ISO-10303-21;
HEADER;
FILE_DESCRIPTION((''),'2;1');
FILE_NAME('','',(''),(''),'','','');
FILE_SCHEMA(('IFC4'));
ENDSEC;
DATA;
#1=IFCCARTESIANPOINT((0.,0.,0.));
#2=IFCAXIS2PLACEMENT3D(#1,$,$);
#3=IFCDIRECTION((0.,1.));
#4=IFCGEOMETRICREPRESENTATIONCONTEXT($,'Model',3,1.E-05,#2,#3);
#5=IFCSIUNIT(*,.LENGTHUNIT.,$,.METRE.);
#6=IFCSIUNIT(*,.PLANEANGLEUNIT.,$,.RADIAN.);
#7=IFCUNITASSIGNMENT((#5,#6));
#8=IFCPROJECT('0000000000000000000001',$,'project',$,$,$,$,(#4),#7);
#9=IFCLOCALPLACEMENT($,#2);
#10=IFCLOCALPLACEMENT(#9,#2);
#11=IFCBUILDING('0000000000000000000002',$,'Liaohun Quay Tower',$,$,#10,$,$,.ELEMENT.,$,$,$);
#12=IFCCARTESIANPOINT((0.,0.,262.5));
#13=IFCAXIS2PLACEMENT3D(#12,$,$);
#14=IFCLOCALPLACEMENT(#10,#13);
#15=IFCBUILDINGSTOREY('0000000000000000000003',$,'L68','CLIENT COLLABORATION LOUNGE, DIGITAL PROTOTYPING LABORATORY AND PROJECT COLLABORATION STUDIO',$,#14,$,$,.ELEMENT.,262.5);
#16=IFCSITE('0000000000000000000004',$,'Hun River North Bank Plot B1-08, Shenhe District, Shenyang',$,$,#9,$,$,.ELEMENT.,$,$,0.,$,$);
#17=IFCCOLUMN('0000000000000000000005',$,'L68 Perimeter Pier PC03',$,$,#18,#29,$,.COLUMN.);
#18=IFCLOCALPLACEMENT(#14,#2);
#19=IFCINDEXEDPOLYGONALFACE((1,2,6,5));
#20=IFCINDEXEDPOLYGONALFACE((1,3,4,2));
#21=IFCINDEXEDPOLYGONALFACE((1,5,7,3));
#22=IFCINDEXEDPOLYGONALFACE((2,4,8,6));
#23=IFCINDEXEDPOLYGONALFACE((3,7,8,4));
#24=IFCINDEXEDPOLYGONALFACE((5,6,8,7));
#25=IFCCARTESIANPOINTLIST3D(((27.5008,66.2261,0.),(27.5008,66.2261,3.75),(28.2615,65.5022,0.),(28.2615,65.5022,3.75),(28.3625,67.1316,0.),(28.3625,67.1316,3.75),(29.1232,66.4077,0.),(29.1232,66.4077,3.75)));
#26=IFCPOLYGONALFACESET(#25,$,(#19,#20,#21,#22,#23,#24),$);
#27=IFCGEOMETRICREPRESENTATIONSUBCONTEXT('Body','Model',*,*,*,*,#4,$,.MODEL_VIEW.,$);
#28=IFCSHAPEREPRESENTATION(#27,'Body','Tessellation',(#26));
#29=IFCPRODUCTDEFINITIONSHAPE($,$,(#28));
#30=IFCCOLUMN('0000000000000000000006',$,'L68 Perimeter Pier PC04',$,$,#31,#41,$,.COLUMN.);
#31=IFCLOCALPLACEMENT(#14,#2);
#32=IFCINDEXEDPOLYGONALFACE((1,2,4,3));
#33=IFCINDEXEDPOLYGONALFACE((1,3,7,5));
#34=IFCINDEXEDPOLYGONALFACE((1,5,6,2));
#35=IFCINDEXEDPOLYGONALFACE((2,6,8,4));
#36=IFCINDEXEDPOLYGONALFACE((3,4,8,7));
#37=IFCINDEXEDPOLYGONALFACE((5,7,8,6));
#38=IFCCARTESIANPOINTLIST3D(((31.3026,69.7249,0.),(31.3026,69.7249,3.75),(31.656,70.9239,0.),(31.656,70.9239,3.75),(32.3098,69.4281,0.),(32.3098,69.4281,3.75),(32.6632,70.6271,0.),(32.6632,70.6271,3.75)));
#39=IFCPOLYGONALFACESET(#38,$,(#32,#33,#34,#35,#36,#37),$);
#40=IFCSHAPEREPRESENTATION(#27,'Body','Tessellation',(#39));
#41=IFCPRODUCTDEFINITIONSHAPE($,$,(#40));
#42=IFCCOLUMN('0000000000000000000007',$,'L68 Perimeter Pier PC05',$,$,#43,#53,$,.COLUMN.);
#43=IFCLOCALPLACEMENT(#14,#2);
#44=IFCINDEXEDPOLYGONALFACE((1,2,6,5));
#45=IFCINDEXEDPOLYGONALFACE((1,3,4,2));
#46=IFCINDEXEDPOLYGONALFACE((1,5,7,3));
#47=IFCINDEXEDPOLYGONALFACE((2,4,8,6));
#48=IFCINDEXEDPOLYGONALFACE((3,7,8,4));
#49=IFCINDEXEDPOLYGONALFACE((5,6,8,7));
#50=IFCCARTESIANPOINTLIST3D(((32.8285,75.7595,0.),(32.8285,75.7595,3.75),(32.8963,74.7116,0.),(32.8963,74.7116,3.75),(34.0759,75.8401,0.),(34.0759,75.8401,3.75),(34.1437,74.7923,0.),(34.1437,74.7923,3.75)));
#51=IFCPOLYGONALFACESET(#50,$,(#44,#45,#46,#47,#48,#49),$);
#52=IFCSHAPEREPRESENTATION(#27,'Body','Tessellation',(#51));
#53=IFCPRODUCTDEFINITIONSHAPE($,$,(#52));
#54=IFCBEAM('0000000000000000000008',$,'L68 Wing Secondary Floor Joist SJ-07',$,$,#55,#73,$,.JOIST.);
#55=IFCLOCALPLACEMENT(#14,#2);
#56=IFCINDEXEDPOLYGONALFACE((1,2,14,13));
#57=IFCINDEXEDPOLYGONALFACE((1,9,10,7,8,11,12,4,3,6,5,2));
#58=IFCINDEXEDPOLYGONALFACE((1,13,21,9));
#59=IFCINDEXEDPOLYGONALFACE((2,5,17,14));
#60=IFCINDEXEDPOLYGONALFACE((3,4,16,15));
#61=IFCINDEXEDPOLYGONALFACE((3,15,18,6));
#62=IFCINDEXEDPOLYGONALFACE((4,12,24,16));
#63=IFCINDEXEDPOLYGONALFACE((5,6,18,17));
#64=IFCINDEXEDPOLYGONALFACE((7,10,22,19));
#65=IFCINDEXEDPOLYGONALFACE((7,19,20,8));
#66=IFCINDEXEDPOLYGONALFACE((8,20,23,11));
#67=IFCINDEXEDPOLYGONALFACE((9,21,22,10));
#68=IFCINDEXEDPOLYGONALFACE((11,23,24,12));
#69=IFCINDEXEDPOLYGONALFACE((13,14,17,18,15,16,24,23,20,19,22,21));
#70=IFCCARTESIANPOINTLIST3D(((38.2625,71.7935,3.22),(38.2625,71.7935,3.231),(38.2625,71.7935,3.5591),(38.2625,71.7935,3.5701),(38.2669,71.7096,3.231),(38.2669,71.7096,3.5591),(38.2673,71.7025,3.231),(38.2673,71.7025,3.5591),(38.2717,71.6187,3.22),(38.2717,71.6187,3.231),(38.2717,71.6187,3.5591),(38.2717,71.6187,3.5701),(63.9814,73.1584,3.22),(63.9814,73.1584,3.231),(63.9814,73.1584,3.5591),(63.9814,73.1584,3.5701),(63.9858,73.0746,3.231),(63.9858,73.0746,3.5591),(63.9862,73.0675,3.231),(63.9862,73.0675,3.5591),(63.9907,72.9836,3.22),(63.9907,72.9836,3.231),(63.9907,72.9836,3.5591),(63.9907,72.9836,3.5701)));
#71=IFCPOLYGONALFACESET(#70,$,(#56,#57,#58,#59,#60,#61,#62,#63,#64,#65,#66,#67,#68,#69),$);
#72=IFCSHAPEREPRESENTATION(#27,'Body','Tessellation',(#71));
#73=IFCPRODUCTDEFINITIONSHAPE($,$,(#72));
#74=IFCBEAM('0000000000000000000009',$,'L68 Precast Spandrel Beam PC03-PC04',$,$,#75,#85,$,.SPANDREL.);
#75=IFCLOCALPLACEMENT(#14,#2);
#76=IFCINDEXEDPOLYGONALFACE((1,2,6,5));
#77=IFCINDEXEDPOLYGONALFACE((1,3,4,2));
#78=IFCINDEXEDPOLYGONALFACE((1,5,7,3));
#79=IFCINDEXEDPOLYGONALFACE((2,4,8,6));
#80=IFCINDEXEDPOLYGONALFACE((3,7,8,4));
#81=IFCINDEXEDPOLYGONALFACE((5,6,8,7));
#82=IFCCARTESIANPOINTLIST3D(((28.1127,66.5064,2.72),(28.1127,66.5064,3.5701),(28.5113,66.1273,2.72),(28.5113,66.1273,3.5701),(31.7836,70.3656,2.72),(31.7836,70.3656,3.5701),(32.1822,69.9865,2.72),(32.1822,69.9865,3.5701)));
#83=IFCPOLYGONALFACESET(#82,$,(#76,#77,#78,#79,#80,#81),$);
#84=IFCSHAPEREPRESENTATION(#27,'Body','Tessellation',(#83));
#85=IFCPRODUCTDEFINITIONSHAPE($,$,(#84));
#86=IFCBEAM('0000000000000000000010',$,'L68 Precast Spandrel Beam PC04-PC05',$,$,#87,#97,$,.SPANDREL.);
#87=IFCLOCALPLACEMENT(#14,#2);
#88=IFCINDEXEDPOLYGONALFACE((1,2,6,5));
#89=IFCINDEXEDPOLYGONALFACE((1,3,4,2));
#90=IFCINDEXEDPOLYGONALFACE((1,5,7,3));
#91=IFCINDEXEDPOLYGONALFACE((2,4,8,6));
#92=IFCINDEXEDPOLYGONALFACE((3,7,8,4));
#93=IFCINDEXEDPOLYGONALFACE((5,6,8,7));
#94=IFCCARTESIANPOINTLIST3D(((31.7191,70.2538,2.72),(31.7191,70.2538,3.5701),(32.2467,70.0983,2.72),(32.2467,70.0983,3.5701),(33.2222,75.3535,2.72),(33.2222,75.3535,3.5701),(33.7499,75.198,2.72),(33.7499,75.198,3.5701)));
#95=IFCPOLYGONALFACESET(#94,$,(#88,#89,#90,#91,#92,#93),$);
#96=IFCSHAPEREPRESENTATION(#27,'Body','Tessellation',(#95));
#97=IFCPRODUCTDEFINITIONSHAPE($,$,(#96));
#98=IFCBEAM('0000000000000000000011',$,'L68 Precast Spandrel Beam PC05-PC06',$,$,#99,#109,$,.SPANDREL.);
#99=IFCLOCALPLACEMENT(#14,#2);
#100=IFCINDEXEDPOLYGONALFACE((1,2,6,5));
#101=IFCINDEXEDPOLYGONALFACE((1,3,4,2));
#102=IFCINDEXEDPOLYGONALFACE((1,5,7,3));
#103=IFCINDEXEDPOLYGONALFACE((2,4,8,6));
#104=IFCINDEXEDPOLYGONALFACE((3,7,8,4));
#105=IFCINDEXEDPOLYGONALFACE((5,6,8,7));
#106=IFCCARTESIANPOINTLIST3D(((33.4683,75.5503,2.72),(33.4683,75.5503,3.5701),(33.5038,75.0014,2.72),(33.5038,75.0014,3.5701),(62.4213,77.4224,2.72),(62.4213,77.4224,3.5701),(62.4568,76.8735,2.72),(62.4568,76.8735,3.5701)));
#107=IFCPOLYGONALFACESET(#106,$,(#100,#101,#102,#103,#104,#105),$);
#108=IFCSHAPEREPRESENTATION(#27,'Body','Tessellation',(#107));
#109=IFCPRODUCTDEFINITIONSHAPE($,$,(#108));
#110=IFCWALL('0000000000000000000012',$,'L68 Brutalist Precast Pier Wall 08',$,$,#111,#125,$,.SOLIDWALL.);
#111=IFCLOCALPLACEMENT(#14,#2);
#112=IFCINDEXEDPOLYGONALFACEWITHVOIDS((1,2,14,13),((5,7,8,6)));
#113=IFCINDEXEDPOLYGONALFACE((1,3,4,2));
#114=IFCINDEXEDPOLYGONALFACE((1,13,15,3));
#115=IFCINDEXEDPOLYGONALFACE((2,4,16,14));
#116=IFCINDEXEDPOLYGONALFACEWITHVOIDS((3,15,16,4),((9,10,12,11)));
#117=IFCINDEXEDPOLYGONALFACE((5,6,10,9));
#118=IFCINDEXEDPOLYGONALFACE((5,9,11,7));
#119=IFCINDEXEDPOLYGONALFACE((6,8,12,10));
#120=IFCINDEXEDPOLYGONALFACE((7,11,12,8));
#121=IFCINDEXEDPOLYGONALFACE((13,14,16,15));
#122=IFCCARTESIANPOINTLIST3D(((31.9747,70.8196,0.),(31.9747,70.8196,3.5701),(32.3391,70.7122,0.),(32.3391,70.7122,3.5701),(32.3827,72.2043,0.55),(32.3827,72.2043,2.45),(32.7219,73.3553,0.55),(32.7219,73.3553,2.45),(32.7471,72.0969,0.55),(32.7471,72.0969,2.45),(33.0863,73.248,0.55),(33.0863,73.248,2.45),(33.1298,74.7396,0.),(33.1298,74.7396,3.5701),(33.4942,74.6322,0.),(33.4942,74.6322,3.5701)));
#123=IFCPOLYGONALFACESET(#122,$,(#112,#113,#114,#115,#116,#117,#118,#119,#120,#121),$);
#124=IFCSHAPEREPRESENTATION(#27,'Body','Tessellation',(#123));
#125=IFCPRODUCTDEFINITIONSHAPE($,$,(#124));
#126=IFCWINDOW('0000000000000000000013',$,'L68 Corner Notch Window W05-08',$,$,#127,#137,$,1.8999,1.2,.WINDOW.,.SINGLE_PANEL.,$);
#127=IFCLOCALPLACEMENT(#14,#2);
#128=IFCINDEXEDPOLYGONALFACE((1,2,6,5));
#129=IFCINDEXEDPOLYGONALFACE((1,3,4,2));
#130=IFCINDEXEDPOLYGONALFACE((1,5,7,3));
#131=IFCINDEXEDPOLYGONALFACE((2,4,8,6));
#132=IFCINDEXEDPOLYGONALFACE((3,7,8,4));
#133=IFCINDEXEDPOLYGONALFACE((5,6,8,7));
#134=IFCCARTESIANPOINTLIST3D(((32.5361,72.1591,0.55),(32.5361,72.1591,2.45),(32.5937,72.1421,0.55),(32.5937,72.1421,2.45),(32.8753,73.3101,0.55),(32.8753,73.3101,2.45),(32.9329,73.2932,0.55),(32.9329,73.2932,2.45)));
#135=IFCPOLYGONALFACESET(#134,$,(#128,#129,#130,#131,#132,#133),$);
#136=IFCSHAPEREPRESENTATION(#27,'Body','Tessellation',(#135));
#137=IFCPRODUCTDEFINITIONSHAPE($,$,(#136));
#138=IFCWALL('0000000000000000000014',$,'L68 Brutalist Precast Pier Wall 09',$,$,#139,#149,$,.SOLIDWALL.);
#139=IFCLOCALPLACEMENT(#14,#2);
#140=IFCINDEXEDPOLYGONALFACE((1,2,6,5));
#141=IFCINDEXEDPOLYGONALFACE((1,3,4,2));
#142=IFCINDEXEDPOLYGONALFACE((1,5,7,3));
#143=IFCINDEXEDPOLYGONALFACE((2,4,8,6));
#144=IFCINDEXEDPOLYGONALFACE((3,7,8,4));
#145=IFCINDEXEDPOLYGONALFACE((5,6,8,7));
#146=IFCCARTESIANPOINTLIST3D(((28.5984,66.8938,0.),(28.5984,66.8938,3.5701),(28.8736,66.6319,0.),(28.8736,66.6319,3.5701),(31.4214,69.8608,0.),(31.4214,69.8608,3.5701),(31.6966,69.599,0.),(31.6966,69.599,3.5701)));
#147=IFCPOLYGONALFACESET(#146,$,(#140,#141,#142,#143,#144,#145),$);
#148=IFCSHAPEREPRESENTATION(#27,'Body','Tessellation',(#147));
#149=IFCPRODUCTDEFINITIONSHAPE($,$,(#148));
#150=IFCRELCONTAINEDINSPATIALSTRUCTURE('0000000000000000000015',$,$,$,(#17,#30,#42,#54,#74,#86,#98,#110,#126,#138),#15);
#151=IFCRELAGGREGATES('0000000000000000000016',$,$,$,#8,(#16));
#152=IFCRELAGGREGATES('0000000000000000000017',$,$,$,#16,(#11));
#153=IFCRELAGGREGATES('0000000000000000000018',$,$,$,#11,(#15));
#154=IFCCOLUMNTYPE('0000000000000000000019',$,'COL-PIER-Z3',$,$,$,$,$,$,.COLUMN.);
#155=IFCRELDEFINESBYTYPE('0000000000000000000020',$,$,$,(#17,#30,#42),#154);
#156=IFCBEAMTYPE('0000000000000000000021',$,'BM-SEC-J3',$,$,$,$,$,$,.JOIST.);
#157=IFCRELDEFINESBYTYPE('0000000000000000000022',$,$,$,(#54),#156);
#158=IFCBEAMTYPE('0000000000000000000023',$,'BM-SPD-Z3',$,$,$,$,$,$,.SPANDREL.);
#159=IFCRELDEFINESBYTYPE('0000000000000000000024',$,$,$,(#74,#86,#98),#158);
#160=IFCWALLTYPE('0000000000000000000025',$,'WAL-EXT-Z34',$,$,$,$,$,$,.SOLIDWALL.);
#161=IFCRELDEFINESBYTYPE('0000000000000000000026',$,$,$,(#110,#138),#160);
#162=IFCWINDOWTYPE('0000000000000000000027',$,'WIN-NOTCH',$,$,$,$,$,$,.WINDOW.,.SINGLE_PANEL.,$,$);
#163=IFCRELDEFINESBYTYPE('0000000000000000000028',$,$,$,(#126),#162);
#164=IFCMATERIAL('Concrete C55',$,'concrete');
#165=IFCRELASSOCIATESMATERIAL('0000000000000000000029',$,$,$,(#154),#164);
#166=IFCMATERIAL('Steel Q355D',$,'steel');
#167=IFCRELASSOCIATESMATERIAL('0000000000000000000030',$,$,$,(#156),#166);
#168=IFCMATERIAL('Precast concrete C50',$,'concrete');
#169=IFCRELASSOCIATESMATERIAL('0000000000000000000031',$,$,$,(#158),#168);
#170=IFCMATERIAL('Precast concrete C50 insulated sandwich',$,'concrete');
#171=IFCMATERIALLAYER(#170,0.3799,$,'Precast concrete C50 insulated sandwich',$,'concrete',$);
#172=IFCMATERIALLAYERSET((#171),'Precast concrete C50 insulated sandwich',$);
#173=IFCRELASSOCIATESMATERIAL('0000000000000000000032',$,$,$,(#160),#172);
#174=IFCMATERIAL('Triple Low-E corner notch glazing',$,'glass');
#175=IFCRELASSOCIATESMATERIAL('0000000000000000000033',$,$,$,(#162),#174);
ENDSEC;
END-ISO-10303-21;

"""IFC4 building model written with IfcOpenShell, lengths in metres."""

from ifc_helpers import new_model, si_unit, direction, frame, frame_2d, origin, origin_2d, place, context, subcontext, project, spatial, rectangle, i_section, extrude, source, transform, mapped, material, layer, layer_set, material_profile, profile_set, type_object, element, fill, save


model = new_model("IFC4")

# Units and contexts
model_context = context("Model", 3, precision=1e-05, world=origin(), true_north=direction((0.0, 1.0)))
body_context = subcontext(model_context, "Body", "Model", "MODEL_VIEW")
ifc_project = project(units=[si_unit("LENGTHUNIT", "METRE"), si_unit("PLANEANGLEUNIT", "RADIAN")], contexts=[model_context])

# Site, building, storey
site_placement = place(None, origin())
site = spatial("IfcSite", under=ifc_project, at=site_placement, Name="Hun River North Bank Plot B1-08, Shenhe District, Shenyang", CompositionType="ELEMENT", RefElevation=0.0)
building_placement = place(site_placement, origin())
building = spatial("IfcBuilding", under=site, at=building_placement, Name="Liaohun Quay Tower", CompositionType="ELEMENT")
storey_placement = place(building_placement, frame((0.0, 0.0, 262.5)))
storey = spatial("IfcBuildingStorey", under=building, at=storey_placement, Name="L68", Description="CLIENT COLLABORATION LOUNGE, DIGITAL PROTOTYPING LABORATORY AND PROJECT COLLABORATION STUDIO", CompositionType="ELEMENT", Elevation=262.5)

# Columns
ifc_material_1 = material(Name="Concrete C55", Category="concrete")
ifc_material_profile_1 = material_profile(ifc_material_1, rectangle(XDim=1.25, YDim=1.05, at=origin_2d()), Name="RC1250x1050")
ifc_profile_set_1 = profile_set([ifc_material_profile_1], Name="Concrete C55")
column_type = type_object("IfcColumnType", Name="COL-PIER-Z3", PredefinedType="COLUMN", material=ifc_profile_set_1)
shared_shape_1 = source(origin(), body_context, "Body", "SweptSolid", [
    extrude(rectangle(XDim=1.25, YDim=1.05, at=origin_2d()), origin(), (0.0, 0.0, 1.0), 3.75),
])
for number, where, z_axis, x_axis, name in (
    (1, (28.312, 66.3169, 0.0), (0.0, 0.0, 1.0), (0.689367, 0.724413, 0.0), "L68 Perimeter Pier PC03"),
    (2, (31.9829, 70.176, 0.0), (0.0, 0.0, 1.0), (0.282676, 0.959215, 0.0), "L68 Perimeter Pier PC04"),
    (3, (33.4861, 75.2759, 0.0), (0.0, 0.0, 1.0), (0.997916, 0.064532, 0.0), "L68 Perimeter Pier PC05"),
):
    element("IfcColumn", number, at=place(storey_placement, frame(where, z_axis=z_axis, x_axis=x_axis)), inside=storey, type_object=column_type, Name=name, PredefinedType="COLUMN", context=body_context, shape_type="MappedRepresentation", body=[
        mapped(shared_shape_1, transform((0.0, 0.0, 0.0), x_axis=(1.0, 0.0, 0.0), y_axis=(0.0, 1.0, 0.0), z_axis=(0.0, 0.0, 1.0), scale=1.0)),
    ])

# Beams
ifc_material_2 = material(Name="Steel Q355D", Category="steel")
ifc_material_profile_2 = material_profile(ifc_material_2, i_section(OverallWidth=0.175, OverallDepth=0.3501, WebThickness=0.0071, FlangeThickness=0.011, at=origin_2d()), Name="HN350x175x7x11")
ifc_profile_set_2 = profile_set([ifc_material_profile_2], Name="Steel Q355D")
beam_type_1 = type_object("IfcBeamType", Name="BM-SEC-J3", PredefinedType="JOIST", material=ifc_profile_set_2)
shared_shape_2 = source(origin(), body_context, "Body", "SweptSolid", [
    extrude(i_section(OverallWidth=0.175, OverallDepth=0.3501, WebThickness=0.0071, FlangeThickness=0.011, at=origin_2d()), origin(), (0.0, 0.0, 1.0), 25.7551),
])
beam_1_placement = place(storey_placement, frame((38.2671, 71.7061, 3.395), z_axis=(0.998595, 0.052999, 0.0), x_axis=(-0.052999, 0.998595, 0.0)))
element("IfcBeam", 4, at=beam_1_placement, inside=storey, type_object=beam_type_1, Name="L68 Wing Secondary Floor Joist SJ-07", PredefinedType="JOIST", context=body_context, shape_type="MappedRepresentation", body=[
    mapped(shared_shape_2, transform((0.0, 0.0, 0.0), x_axis=(1.0, 0.0, 0.0), y_axis=(0.0, 1.0, 0.0), z_axis=(0.0, 0.0, 1.0), scale=1.0)),
])
ifc_material_3 = material(Name="Precast concrete C50", Category="concrete")
ifc_material_profile_3 = material_profile(ifc_material_3, rectangle(XDim=0.55, YDim=0.8501, at=origin_2d()), Name="RC550x850")
ifc_profile_set_3 = profile_set([ifc_material_profile_3], Name="Precast concrete C50")
beam_type_2 = type_object("IfcBeamType", Name="BM-SPD-Z3", PredefinedType="SPANDREL", material=ifc_profile_set_3)
shared_shape_3 = source(origin(), body_context, "Body", "SweptSolid", [
    extrude(rectangle(XDim=0.55, YDim=0.8501, at=origin_2d()), origin(), (0.0, 0.0, 1.0), 5.3262),
])
beam_2_placement = place(storey_placement, frame((28.312, 66.3169, 3.145), z_axis=(0.689216, 0.724556, 0.0), x_axis=(-0.724556, 0.689216, 0.0)))
element("IfcBeam", 5, at=beam_2_placement, inside=storey, type_object=beam_type_2, Name="L68 Precast Spandrel Beam PC03-PC04", PredefinedType="SPANDREL", context=body_context, shape_type="MappedRepresentation", body=[
    mapped(shared_shape_3, transform((0.0, 0.0, 0.0), x_axis=(1.0, 0.0, 0.0), y_axis=(0.0, 1.0, 0.0), z_axis=(0.0, 0.0, 1.0), scale=1.0)),
])
shared_shape_4 = source(origin(), body_context, "Body", "SweptSolid", [
    extrude(rectangle(XDim=0.55, YDim=0.8501, at=origin_2d()), origin(), (0.0, 0.0, 1.0), 5.3167),
])
beam_3_placement = place(storey_placement, frame((31.9829, 70.176, 3.145), z_axis=(0.282723, 0.959202, 0.0), x_axis=(-0.959202, 0.282723, 0.0)))
element("IfcBeam", 6, at=beam_3_placement, inside=storey, type_object=beam_type_2, Name="L68 Precast Spandrel Beam PC04-PC05", PredefinedType="SPANDREL", context=body_context, shape_type="MappedRepresentation", body=[
    mapped(shared_shape_4, transform((0.0, 0.0, 0.0), x_axis=(1.0, 0.0, 0.0), y_axis=(0.0, 1.0, 0.0), z_axis=(0.0, 0.0, 1.0), scale=1.0)),
])
shared_shape_5 = source(origin(), body_context, "Body", "SweptSolid", [
    extrude(rectangle(XDim=0.55, YDim=0.8501, at=origin_2d()), origin(), (0.0, 0.0, 1.0), 29.0134),
])
beam_4_placement = place(storey_placement, frame((33.4861, 75.2759, 3.145), z_axis=(0.997916, 0.064524, 0.0), x_axis=(-0.064524, 0.997916, 0.0)))
element("IfcBeam", 7, at=beam_4_placement, inside=storey, type_object=beam_type_2, Name="L68 Precast Spandrel Beam PC05-PC06", PredefinedType="SPANDREL", context=body_context, shape_type="MappedRepresentation", body=[
    mapped(shared_shape_5, transform((0.0, 0.0, 0.0), x_axis=(1.0, 0.0, 0.0), y_axis=(0.0, 1.0, 0.0), z_axis=(0.0, 0.0, 1.0), scale=1.0)),
])

# Wall, opening, window
ifc_material_4 = material(Name="Precast concrete C50 insulated sandwich", Category="concrete")
ifc_layer_1 = layer(ifc_material_4, 0.3799, Name="Precast concrete C50 insulated sandwich", Category="concrete")
ifc_layer_set_1 = layer_set([ifc_layer_1], Name="Precast concrete C50 insulated sandwich")
wall_type_1 = type_object("IfcWallType", Name="WAL-EXT-Z34", PredefinedType="SOLIDWALL", material=ifc_layer_set_1)
wall_1_placement = place(storey_placement, frame((33.312, 74.686, 0.0), z_axis=(0.0, 0.0, 1.0), x_axis=(-0.282642, -0.959226, 0.0)))
wall_1 = element("IfcWall", 8, at=wall_1_placement, inside=storey, type_object=wall_type_1, Name="L68 Brutalist Precast Pier Wall 08", PredefinedType="SOLIDWALL", context=body_context, shape_type="SweptSolid", body=[
    extrude(rectangle(XDim=4.0867, YDim=0.3799, at=frame_2d((2.0435, 0.0))), origin(), (0.0, 0.0, 1.0), 3.5701),
])
shared_shape_6 = source(origin(), body_context, "Body", "SweptSolid", [
    extrude(rectangle(XDim=1.2, YDim=1.8999, at=frame_2d((0.6001, 0.95))), frame((0.0, 0.2, 0.0), z_axis=(0.0, -1.0, 0.0), x_axis=(1.0, 0.0, 0.0)), (0.0, 0.0, 1.0), 0.3999),
])
opening_1_placement = place(wall_1_placement, frame((1.4431, 0.0, 0.55)))
opening_1 = element("IfcOpeningElement", 9, at=opening_1_placement, cuts=wall_1, PredefinedType="OPENING", context=body_context, shape_type="MappedRepresentation", body=[
    mapped(shared_shape_6, transform((0.0, 0.0, 0.0), x_axis=(1.0, 0.0, 0.0), y_axis=(0.0, 1.0, 0.0), z_axis=(0.0, 0.0, 1.0), scale=1.0)),
])
ifc_material_5 = material(Name="Triple Low-E corner notch glazing", Category="glass")
window_type_1 = type_object("IfcWindowType", Name="WIN-NOTCH", PartitioningType="SINGLE_PANEL", PredefinedType="WINDOW", material=ifc_material_5)
shared_shape_7 = source(origin(), body_context, "Body", "SweptSolid", [
    extrude(rectangle(XDim=1.2, YDim=1.8999, at=frame_2d((0.6001, 0.95))), frame((0.0, 0.03, 0.0), z_axis=(0.0, -1.0, 0.0), x_axis=(1.0, 0.0, 0.0)), (0.0, 0.0, 1.0), 0.0601),
])
window_1_placement = place(opening_1_placement, origin())
window_1 = element("IfcWindow", 10, at=window_1_placement, inside=storey, type_object=window_type_1, Name="L68 Corner Notch Window W05-08", OverallHeight=1.8999, OverallWidth=1.2, PartitioningType="SINGLE_PANEL", PredefinedType="WINDOW", context=body_context, shape_type="MappedRepresentation", body=[
    mapped(shared_shape_7, transform((0.0, 0.0, 0.0), x_axis=(1.0, 0.0, 0.0), y_axis=(0.0, 1.0, 0.0), z_axis=(0.0, 0.0, 1.0), scale=1.0)),
])
fill(opening_1, window_1)

# Wall
wall_2_placement = place(storey_placement, frame((31.5591, 69.73, 0.0), z_axis=(0.0, 0.0, 1.0), x_axis=(-0.689302, -0.724474, 0.0)))
element("IfcWall", 11, at=wall_2_placement, inside=storey, type_object=wall_type_1, Name="L68 Brutalist Precast Pier Wall 09", PredefinedType="SOLIDWALL", context=body_context, shape_type="SweptSolid", body=[
    extrude(rectangle(XDim=4.0955, YDim=0.3799, at=frame_2d((2.0479, 0.0))), origin(), (0.0, 0.0, 1.0), 3.5701),
])

save(model, "model.ifc")
